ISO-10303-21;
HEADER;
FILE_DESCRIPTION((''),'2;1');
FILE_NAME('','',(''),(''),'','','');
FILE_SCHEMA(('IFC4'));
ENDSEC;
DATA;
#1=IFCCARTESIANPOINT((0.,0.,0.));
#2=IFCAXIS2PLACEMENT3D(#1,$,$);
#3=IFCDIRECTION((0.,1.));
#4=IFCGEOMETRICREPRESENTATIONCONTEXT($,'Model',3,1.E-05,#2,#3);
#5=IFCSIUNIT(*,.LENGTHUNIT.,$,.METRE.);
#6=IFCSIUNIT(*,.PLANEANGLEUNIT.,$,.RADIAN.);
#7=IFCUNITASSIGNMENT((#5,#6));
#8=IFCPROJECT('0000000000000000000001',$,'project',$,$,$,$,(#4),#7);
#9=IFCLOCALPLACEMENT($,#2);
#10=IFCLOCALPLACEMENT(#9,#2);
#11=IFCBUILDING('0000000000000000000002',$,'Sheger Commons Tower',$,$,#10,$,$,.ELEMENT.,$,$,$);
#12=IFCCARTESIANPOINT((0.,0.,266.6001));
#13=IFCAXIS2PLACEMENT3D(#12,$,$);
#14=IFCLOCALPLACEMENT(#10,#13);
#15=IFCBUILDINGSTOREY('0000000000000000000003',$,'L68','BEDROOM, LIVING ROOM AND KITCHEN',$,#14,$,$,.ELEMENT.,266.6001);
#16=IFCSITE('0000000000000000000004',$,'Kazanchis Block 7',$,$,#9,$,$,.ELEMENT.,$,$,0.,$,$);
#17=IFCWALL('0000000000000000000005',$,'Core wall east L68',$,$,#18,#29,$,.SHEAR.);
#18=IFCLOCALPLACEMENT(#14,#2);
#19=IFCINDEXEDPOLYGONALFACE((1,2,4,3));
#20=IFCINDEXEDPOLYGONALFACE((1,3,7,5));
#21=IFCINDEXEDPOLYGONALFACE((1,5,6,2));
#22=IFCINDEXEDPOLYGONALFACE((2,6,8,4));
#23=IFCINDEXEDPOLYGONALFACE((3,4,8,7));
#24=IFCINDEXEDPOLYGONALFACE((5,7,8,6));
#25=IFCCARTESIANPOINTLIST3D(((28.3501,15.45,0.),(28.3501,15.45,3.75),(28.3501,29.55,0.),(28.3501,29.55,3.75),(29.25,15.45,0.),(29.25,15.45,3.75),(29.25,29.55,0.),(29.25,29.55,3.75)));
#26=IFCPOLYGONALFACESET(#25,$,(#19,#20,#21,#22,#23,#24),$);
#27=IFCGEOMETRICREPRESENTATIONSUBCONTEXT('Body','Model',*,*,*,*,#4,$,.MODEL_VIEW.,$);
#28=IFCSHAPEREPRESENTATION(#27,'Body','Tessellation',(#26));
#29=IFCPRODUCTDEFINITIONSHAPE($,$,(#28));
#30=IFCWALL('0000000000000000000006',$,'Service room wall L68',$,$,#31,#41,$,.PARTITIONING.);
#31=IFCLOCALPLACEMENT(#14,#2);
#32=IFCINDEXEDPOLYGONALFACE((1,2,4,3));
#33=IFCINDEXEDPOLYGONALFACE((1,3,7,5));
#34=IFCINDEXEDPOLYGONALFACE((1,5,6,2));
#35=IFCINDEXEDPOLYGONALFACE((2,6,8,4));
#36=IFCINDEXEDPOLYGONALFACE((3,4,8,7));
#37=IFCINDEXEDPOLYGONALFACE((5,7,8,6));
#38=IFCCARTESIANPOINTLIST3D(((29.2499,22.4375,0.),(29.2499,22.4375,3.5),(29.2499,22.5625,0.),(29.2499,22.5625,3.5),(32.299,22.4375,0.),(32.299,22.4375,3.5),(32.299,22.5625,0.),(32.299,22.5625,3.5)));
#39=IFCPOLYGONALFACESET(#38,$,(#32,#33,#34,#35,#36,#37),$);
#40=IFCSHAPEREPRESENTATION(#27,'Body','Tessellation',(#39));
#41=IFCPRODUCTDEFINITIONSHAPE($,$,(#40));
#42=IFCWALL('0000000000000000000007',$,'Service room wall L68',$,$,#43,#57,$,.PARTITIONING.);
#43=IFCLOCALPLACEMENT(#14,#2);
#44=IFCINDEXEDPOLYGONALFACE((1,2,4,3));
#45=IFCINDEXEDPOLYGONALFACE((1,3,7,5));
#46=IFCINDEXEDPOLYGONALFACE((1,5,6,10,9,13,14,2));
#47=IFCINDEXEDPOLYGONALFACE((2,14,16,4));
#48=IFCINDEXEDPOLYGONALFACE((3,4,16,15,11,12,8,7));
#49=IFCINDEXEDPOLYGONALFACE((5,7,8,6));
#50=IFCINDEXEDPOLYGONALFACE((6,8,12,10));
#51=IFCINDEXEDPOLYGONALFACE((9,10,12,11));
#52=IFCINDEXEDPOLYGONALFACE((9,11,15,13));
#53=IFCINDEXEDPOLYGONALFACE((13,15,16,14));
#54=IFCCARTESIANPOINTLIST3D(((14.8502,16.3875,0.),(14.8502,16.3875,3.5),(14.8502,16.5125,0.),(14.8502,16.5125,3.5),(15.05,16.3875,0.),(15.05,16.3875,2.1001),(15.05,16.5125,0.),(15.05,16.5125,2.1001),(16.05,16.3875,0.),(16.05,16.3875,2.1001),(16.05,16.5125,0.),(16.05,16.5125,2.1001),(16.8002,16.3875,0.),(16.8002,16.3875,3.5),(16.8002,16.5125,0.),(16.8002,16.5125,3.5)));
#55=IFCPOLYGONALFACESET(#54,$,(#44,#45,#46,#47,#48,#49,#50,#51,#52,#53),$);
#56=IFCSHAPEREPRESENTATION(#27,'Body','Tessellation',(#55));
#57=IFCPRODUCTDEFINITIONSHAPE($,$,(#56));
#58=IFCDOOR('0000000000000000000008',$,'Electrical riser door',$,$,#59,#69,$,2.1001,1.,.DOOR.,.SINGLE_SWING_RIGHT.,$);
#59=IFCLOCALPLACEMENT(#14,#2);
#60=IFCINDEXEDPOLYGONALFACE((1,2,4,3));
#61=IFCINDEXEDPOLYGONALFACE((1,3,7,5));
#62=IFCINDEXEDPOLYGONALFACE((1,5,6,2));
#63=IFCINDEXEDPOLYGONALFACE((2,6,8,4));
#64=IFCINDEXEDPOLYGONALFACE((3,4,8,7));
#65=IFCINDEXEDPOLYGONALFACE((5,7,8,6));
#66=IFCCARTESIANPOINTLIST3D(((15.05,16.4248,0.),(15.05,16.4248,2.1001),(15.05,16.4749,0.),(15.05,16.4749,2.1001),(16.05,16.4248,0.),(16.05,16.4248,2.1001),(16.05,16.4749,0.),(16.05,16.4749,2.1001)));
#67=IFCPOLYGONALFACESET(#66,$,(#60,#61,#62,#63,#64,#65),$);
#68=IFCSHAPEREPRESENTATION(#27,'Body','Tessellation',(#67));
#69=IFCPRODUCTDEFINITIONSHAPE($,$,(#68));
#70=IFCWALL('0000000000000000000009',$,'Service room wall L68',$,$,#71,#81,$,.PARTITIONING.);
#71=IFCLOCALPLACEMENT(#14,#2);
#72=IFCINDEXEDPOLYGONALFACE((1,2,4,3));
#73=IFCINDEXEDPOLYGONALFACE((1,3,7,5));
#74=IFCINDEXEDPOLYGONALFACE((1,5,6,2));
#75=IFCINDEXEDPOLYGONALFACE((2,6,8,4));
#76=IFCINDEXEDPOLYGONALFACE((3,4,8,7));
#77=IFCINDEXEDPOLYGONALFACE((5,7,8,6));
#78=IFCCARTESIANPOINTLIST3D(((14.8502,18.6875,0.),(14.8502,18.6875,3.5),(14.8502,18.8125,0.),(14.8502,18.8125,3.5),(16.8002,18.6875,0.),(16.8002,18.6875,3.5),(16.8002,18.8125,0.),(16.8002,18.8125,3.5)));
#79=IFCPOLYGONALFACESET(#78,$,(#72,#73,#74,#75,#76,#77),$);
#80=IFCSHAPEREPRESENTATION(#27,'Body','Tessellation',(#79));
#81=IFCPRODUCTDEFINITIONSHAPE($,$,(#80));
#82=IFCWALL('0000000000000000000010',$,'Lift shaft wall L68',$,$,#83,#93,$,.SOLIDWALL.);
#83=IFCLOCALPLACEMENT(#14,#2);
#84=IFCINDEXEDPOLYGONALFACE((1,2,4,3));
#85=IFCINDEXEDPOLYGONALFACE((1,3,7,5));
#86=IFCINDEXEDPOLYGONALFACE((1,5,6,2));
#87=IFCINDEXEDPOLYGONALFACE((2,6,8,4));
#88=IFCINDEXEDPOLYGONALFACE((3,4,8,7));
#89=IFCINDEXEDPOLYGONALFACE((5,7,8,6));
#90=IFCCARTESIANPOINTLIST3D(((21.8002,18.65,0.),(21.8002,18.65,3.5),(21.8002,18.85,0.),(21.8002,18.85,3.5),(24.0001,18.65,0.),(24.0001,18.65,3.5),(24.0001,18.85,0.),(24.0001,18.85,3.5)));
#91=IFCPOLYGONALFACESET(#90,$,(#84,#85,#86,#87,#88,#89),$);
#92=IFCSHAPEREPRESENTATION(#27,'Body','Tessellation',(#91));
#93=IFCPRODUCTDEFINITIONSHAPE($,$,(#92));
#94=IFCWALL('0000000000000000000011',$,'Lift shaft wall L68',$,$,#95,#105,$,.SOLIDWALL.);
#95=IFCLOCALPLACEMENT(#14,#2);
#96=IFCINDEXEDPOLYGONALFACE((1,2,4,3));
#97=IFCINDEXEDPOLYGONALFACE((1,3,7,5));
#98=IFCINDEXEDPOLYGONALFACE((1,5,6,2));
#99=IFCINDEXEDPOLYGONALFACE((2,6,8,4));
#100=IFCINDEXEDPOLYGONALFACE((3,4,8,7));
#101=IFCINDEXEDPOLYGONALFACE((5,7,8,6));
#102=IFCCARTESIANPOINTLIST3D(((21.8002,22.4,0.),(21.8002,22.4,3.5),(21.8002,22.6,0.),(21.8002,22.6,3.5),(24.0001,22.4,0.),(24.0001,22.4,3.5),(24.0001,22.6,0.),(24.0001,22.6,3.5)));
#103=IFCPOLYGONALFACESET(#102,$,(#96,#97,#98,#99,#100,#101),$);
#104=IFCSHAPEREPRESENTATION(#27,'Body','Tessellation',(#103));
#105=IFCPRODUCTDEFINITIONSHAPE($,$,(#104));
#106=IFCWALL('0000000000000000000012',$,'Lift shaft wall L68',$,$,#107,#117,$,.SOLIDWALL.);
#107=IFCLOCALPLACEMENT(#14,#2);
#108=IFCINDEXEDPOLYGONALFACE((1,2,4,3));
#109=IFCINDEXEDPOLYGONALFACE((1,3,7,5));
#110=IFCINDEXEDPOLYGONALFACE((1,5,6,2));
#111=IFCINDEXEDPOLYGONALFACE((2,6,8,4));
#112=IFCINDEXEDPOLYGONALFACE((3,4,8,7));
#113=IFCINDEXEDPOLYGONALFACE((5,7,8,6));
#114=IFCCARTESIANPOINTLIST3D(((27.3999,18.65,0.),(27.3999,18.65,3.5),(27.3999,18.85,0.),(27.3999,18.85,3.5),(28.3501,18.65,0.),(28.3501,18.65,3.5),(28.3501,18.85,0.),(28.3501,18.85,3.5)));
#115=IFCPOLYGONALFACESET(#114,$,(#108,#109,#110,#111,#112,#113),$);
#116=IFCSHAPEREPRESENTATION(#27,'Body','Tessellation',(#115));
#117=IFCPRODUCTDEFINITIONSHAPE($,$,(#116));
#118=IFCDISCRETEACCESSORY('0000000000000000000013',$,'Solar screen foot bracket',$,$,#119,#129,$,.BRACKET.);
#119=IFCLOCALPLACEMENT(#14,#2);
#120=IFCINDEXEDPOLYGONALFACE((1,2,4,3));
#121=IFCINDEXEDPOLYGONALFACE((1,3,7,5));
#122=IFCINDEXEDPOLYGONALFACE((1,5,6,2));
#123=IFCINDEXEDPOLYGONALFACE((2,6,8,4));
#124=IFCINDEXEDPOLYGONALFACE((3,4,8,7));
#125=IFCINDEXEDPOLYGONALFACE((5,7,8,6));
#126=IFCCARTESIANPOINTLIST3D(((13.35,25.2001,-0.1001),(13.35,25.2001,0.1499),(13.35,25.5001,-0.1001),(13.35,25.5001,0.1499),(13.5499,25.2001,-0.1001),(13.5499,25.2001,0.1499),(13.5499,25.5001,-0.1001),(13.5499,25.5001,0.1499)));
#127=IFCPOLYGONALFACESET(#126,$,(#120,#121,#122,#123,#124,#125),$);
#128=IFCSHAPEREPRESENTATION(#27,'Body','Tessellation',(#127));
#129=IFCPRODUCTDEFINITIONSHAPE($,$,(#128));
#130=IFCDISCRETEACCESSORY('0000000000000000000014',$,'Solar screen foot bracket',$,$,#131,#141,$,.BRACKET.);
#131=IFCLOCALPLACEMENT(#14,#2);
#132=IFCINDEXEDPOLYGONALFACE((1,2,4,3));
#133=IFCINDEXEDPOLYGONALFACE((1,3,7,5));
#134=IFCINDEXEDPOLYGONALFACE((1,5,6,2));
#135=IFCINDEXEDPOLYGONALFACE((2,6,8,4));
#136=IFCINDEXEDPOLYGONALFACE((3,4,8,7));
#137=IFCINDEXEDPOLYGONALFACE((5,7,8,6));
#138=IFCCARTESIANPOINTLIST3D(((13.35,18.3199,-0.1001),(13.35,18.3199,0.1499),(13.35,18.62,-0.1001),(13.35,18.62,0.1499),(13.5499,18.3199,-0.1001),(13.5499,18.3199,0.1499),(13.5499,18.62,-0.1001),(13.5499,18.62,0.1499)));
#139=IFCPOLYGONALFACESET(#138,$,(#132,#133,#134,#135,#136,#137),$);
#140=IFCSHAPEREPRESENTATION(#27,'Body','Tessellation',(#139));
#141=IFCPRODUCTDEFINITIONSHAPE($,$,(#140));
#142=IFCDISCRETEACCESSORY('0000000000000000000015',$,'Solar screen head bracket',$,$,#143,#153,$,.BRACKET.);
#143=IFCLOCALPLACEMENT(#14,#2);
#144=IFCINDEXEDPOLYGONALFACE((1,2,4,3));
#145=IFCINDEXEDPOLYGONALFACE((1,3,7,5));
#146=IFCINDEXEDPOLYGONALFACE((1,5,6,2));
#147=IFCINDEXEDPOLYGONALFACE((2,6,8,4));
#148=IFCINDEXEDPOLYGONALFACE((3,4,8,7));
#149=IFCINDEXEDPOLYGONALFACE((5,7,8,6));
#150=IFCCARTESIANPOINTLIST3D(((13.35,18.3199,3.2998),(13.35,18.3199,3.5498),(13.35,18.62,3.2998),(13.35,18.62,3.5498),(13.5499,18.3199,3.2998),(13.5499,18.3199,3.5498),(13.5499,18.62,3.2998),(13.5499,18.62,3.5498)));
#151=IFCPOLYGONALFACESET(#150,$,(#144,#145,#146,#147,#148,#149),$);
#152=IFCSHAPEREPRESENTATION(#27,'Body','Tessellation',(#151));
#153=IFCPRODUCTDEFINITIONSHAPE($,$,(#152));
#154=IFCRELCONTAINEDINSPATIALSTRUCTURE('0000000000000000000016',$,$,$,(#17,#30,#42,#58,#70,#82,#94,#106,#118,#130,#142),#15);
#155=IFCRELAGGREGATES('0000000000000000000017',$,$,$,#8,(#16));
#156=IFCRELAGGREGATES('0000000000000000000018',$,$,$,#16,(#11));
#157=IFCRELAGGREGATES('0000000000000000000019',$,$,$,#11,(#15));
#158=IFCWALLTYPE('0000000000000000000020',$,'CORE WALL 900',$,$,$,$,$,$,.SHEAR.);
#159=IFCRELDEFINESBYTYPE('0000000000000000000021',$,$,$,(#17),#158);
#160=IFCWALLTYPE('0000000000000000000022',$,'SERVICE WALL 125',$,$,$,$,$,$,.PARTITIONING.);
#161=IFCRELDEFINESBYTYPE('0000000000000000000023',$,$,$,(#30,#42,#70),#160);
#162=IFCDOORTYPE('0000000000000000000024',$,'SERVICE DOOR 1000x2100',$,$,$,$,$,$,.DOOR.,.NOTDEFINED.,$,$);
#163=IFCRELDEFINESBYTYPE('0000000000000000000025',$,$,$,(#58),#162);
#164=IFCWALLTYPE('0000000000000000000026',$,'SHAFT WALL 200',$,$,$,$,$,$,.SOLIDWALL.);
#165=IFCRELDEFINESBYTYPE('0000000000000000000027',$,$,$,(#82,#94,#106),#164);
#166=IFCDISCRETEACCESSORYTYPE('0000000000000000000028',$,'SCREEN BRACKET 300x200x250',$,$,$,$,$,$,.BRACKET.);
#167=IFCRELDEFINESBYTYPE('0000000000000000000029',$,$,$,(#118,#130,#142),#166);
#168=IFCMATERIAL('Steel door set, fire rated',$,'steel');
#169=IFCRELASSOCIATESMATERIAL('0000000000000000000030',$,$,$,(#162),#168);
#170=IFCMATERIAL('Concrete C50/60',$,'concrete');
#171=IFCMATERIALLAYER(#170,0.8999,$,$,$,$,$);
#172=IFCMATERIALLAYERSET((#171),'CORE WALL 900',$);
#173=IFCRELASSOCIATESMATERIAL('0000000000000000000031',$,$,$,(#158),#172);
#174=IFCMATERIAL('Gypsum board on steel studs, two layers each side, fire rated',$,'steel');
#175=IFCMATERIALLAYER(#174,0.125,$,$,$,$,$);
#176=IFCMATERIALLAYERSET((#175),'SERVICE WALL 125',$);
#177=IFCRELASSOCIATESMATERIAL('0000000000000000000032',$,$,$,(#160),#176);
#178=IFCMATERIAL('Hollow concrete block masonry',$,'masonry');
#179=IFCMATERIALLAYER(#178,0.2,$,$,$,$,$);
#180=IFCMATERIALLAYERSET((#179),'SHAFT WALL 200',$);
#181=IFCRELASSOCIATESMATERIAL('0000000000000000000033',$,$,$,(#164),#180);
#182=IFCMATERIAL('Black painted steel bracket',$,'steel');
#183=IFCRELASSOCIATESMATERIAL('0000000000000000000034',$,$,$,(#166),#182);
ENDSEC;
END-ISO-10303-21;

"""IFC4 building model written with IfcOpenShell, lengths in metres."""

from ifc_helpers import new_model, si_unit, direction, frame, frame_2d, origin, origin_2d, place, context, subcontext, project, spatial, rectangle, extrude, material, layer, layer_set, type_object, element, fill, save


model = new_model("IFC4")

# Units and contexts
model_context = context("Model", 3, precision=1e-05, world=origin(), true_north=direction((0.0, 1.0)))
body_context = subcontext(model_context, "Body", "Model", "MODEL_VIEW")
ifc_project = project(units=[si_unit("LENGTHUNIT", "METRE"), si_unit("PLANEANGLEUNIT", "RADIAN")], contexts=[model_context])

# Site, building, storey
site_placement = place(None, origin())
site = spatial("IfcSite", under=ifc_project, at=site_placement, Name="Kazanchis Block 7", CompositionType="ELEMENT", RefElevation=0.0)
building_placement = place(site_placement, origin())
building = spatial("IfcBuilding", under=site, at=building_placement, Name="Sheger Commons Tower", CompositionType="ELEMENT")
storey_placement = place(building_placement, frame((0.0, 0.0, 266.6001)))
storey = spatial("IfcBuildingStorey", under=building, at=storey_placement, Name="L68", Description="BEDROOM, LIVING ROOM AND KITCHEN", CompositionType="ELEMENT", Elevation=266.6001)

# Shared definitions
ifc_material_1 = material(Name="Steel door set, fire rated", Category="steel")
door_type_1 = type_object("IfcDoorType", Name="SERVICE DOOR 1000x2100", OperationType="NOTDEFINED", PredefinedType="DOOR", material=ifc_material_1)

# Walls
ifc_material_2 = material(Name="Concrete C50/60", Category="concrete")
ifc_layer_1 = layer(ifc_material_2, 0.8999)
ifc_layer_set_1 = layer_set([ifc_layer_1], Name="CORE WALL 900")
wall_type_1 = type_object("IfcWallType", Name="CORE WALL 900", PredefinedType="SHEAR", material=ifc_layer_set_1)
for number, where, z_axis, x_axis, name in (
    (1, (28.8, 15.45, 0.0), (0.0, 0.0, 1.0), (0.0, 1.0, 0.0), "Core wall east L68"),
):
    element("IfcWall", number, at=place(storey_placement, frame(where, z_axis=z_axis, x_axis=x_axis)), inside=storey, type_object=wall_type_1, Name=name, PredefinedType="SHEAR", context=body_context, shape_type="SweptSolid", body=[
        extrude(rectangle(XDim=14.1001, YDim=0.8999, at=frame_2d((7.05, 0.0))), origin(), (0.0, 0.0, 1.0), 3.75),
    ])
ifc_material_3 = material(Name="Gypsum board on steel studs, two layers each side, fire rated", Category="steel")
ifc_layer_2 = layer(ifc_material_3, 0.125)
ifc_layer_set_2 = layer_set([ifc_layer_2], Name="SERVICE WALL 125")
wall_type_2 = type_object("IfcWallType", Name="SERVICE WALL 125", PredefinedType="PARTITIONING", material=ifc_layer_set_2)
wall_1_placement = place(storey_placement, frame((29.25, 22.5, 0.0), z_axis=(0.0, 0.0, 1.0), x_axis=(1.0, 0.0, 0.0)))
element("IfcWall", 2, at=wall_1_placement, inside=storey, type_object=wall_type_2, Name="Service room wall L68", PredefinedType="PARTITIONING", context=body_context, shape_type="SweptSolid", body=[
    extrude(rectangle(XDim=3.0491, YDim=0.125, at=frame_2d((1.5244, 0.0))), origin(), (0.0, 0.0, 1.0), 3.5),
])

# Wall, opening, door
wall_2_placement = place(storey_placement, frame((14.8501, 16.45, 0.0), z_axis=(0.0, 0.0, 1.0), x_axis=(1.0, 0.0, 0.0)))
wall_2 = element("IfcWall", 3, at=wall_2_placement, inside=storey, type_object=wall_type_2, Name="Service room wall L68", PredefinedType="PARTITIONING", context=body_context, shape_type="SweptSolid", body=[
    extrude(rectangle(XDim=1.95, YDim=0.125, at=frame_2d((0.9751, 0.0))), origin(), (0.0, 0.0, 1.0), 3.5),
])
opening_1_placement = place(wall_2_placement, frame((0.2, 0.0, 0.0)))
opening_1 = element("IfcOpeningElement", 4, at=opening_1_placement, cuts=wall_2, PredefinedType="OPENING", context=body_context, shape_type="SweptSolid", body=[
    extrude(rectangle(XDim=1.0, YDim=2.1001, at=frame_2d((0.5, 1.05))), frame((0.0, 0.0725, 0.0), z_axis=(0.0, -1.0, 0.0), x_axis=(1.0, 0.0, 0.0)), (0.0, 0.0, 1.0), 0.145),
])
door_1_placement = place(opening_1_placement, origin())
door_1 = element("IfcDoor", 5, at=door_1_placement, inside=storey, type_object=door_type_1, Name="Electrical riser door", OperationType="SINGLE_SWING_RIGHT", OverallHeight=2.1001, OverallWidth=1.0, PredefinedType="DOOR", context=body_context, shape_type="SweptSolid", body=[
    extrude(rectangle(XDim=1.0, YDim=2.1001, at=frame_2d((0.5, 1.05))), frame((0.0, 0.0249, 0.0), z_axis=(0.0, -1.0, 0.0), x_axis=(1.0, 0.0, 0.0)), (0.0, 0.0, 1.0), 0.05),
])
fill(opening_1, door_1)

# Walls
wall_3_placement = place(storey_placement, frame((14.8501, 18.75, 0.0), z_axis=(0.0, 0.0, 1.0), x_axis=(1.0, 0.0, 0.0)))
element("IfcWall", 6, at=wall_3_placement, inside=storey, type_object=wall_type_2, Name="Service room wall L68", PredefinedType="PARTITIONING", context=body_context, shape_type="SweptSolid", body=[
    extrude(rectangle(XDim=1.95, YDim=0.125, at=frame_2d((0.9751, 0.0))), origin(), (0.0, 0.0, 1.0), 3.5),
])
ifc_material_4 = material(Name="Hollow concrete block masonry", Category="masonry")
ifc_layer_3 = layer(ifc_material_4, 0.2)
ifc_layer_set_3 = layer_set([ifc_layer_3], Name="SHAFT WALL 200")
wall_type_3 = type_object("IfcWallType", Name="SHAFT WALL 200", PredefinedType="SOLIDWALL", material=ifc_layer_set_3)
for number, where, z_axis, x_axis, name in (
    (7, (21.8, 18.75, 0.0), (0.0, 0.0, 1.0), (1.0, 0.0, 0.0), "Lift shaft wall L68"),
    (8, (21.8, 22.5, 0.0), (0.0, 0.0, 1.0), (1.0, 0.0, 0.0), "Lift shaft wall L68"),
):
    element("IfcWall", number, at=place(storey_placement, frame(where, z_axis=z_axis, x_axis=x_axis)), inside=storey, type_object=wall_type_3, Name=name, PredefinedType="SOLIDWALL", context=body_context, shape_type="SweptSolid", body=[
        extrude(rectangle(XDim=2.2, YDim=0.2, at=frame_2d((1.1001, 0.0))), origin(), (0.0, 0.0, 1.0), 3.5),
    ])
wall_4_placement = place(storey_placement, frame((27.3999, 18.75, 0.0), z_axis=(0.0, 0.0, 1.0), x_axis=(1.0, 0.0, 0.0)))
element("IfcWall", 9, at=wall_4_placement, inside=storey, type_object=wall_type_3, Name="Lift shaft wall L68", PredefinedType="SOLIDWALL", context=body_context, shape_type="SweptSolid", body=[
    extrude(rectangle(XDim=0.9502, YDim=0.2, at=frame_2d((0.4751, 0.0))), origin(), (0.0, 0.0, 1.0), 3.5),
])

# Discrete accessories
ifc_material_5 = material(Name="Black painted steel bracket", Category="steel")
discrete_accessory_type = type_object("IfcDiscreteAccessoryType", Name="SCREEN BRACKET 300x200x250", PredefinedType="BRACKET", material=ifc_material_5)
for number, where, z_axis, x_axis, name in (
    (10, (13.45, 25.3501, -0.1001), (0.0, 0.0, 1.0), (0.0, -1.0, 0.0), "Solar screen foot bracket"),
    (11, (13.45, 18.47, -0.1001), (0.0, 0.0, 1.0), (0.0, -1.0, 0.0), "Solar screen foot bracket"),
    (12, (13.45, 18.47, 3.2998), (0.0, 0.0, 1.0), (0.0, -1.0, 0.0), "Solar screen head bracket"),
):
    element("IfcDiscreteAccessory", number, at=place(storey_placement, frame(where, z_axis=z_axis, x_axis=x_axis)), inside=storey, type_object=discrete_accessory_type, Name=name, PredefinedType="BRACKET", context=body_context, shape_type="SweptSolid", body=[
        extrude(rectangle(XDim=0.3, YDim=0.2, at=origin_2d()), origin(), (0.0, 0.0, 1.0), 0.25),
    ])

save(model, "model.ifc")
